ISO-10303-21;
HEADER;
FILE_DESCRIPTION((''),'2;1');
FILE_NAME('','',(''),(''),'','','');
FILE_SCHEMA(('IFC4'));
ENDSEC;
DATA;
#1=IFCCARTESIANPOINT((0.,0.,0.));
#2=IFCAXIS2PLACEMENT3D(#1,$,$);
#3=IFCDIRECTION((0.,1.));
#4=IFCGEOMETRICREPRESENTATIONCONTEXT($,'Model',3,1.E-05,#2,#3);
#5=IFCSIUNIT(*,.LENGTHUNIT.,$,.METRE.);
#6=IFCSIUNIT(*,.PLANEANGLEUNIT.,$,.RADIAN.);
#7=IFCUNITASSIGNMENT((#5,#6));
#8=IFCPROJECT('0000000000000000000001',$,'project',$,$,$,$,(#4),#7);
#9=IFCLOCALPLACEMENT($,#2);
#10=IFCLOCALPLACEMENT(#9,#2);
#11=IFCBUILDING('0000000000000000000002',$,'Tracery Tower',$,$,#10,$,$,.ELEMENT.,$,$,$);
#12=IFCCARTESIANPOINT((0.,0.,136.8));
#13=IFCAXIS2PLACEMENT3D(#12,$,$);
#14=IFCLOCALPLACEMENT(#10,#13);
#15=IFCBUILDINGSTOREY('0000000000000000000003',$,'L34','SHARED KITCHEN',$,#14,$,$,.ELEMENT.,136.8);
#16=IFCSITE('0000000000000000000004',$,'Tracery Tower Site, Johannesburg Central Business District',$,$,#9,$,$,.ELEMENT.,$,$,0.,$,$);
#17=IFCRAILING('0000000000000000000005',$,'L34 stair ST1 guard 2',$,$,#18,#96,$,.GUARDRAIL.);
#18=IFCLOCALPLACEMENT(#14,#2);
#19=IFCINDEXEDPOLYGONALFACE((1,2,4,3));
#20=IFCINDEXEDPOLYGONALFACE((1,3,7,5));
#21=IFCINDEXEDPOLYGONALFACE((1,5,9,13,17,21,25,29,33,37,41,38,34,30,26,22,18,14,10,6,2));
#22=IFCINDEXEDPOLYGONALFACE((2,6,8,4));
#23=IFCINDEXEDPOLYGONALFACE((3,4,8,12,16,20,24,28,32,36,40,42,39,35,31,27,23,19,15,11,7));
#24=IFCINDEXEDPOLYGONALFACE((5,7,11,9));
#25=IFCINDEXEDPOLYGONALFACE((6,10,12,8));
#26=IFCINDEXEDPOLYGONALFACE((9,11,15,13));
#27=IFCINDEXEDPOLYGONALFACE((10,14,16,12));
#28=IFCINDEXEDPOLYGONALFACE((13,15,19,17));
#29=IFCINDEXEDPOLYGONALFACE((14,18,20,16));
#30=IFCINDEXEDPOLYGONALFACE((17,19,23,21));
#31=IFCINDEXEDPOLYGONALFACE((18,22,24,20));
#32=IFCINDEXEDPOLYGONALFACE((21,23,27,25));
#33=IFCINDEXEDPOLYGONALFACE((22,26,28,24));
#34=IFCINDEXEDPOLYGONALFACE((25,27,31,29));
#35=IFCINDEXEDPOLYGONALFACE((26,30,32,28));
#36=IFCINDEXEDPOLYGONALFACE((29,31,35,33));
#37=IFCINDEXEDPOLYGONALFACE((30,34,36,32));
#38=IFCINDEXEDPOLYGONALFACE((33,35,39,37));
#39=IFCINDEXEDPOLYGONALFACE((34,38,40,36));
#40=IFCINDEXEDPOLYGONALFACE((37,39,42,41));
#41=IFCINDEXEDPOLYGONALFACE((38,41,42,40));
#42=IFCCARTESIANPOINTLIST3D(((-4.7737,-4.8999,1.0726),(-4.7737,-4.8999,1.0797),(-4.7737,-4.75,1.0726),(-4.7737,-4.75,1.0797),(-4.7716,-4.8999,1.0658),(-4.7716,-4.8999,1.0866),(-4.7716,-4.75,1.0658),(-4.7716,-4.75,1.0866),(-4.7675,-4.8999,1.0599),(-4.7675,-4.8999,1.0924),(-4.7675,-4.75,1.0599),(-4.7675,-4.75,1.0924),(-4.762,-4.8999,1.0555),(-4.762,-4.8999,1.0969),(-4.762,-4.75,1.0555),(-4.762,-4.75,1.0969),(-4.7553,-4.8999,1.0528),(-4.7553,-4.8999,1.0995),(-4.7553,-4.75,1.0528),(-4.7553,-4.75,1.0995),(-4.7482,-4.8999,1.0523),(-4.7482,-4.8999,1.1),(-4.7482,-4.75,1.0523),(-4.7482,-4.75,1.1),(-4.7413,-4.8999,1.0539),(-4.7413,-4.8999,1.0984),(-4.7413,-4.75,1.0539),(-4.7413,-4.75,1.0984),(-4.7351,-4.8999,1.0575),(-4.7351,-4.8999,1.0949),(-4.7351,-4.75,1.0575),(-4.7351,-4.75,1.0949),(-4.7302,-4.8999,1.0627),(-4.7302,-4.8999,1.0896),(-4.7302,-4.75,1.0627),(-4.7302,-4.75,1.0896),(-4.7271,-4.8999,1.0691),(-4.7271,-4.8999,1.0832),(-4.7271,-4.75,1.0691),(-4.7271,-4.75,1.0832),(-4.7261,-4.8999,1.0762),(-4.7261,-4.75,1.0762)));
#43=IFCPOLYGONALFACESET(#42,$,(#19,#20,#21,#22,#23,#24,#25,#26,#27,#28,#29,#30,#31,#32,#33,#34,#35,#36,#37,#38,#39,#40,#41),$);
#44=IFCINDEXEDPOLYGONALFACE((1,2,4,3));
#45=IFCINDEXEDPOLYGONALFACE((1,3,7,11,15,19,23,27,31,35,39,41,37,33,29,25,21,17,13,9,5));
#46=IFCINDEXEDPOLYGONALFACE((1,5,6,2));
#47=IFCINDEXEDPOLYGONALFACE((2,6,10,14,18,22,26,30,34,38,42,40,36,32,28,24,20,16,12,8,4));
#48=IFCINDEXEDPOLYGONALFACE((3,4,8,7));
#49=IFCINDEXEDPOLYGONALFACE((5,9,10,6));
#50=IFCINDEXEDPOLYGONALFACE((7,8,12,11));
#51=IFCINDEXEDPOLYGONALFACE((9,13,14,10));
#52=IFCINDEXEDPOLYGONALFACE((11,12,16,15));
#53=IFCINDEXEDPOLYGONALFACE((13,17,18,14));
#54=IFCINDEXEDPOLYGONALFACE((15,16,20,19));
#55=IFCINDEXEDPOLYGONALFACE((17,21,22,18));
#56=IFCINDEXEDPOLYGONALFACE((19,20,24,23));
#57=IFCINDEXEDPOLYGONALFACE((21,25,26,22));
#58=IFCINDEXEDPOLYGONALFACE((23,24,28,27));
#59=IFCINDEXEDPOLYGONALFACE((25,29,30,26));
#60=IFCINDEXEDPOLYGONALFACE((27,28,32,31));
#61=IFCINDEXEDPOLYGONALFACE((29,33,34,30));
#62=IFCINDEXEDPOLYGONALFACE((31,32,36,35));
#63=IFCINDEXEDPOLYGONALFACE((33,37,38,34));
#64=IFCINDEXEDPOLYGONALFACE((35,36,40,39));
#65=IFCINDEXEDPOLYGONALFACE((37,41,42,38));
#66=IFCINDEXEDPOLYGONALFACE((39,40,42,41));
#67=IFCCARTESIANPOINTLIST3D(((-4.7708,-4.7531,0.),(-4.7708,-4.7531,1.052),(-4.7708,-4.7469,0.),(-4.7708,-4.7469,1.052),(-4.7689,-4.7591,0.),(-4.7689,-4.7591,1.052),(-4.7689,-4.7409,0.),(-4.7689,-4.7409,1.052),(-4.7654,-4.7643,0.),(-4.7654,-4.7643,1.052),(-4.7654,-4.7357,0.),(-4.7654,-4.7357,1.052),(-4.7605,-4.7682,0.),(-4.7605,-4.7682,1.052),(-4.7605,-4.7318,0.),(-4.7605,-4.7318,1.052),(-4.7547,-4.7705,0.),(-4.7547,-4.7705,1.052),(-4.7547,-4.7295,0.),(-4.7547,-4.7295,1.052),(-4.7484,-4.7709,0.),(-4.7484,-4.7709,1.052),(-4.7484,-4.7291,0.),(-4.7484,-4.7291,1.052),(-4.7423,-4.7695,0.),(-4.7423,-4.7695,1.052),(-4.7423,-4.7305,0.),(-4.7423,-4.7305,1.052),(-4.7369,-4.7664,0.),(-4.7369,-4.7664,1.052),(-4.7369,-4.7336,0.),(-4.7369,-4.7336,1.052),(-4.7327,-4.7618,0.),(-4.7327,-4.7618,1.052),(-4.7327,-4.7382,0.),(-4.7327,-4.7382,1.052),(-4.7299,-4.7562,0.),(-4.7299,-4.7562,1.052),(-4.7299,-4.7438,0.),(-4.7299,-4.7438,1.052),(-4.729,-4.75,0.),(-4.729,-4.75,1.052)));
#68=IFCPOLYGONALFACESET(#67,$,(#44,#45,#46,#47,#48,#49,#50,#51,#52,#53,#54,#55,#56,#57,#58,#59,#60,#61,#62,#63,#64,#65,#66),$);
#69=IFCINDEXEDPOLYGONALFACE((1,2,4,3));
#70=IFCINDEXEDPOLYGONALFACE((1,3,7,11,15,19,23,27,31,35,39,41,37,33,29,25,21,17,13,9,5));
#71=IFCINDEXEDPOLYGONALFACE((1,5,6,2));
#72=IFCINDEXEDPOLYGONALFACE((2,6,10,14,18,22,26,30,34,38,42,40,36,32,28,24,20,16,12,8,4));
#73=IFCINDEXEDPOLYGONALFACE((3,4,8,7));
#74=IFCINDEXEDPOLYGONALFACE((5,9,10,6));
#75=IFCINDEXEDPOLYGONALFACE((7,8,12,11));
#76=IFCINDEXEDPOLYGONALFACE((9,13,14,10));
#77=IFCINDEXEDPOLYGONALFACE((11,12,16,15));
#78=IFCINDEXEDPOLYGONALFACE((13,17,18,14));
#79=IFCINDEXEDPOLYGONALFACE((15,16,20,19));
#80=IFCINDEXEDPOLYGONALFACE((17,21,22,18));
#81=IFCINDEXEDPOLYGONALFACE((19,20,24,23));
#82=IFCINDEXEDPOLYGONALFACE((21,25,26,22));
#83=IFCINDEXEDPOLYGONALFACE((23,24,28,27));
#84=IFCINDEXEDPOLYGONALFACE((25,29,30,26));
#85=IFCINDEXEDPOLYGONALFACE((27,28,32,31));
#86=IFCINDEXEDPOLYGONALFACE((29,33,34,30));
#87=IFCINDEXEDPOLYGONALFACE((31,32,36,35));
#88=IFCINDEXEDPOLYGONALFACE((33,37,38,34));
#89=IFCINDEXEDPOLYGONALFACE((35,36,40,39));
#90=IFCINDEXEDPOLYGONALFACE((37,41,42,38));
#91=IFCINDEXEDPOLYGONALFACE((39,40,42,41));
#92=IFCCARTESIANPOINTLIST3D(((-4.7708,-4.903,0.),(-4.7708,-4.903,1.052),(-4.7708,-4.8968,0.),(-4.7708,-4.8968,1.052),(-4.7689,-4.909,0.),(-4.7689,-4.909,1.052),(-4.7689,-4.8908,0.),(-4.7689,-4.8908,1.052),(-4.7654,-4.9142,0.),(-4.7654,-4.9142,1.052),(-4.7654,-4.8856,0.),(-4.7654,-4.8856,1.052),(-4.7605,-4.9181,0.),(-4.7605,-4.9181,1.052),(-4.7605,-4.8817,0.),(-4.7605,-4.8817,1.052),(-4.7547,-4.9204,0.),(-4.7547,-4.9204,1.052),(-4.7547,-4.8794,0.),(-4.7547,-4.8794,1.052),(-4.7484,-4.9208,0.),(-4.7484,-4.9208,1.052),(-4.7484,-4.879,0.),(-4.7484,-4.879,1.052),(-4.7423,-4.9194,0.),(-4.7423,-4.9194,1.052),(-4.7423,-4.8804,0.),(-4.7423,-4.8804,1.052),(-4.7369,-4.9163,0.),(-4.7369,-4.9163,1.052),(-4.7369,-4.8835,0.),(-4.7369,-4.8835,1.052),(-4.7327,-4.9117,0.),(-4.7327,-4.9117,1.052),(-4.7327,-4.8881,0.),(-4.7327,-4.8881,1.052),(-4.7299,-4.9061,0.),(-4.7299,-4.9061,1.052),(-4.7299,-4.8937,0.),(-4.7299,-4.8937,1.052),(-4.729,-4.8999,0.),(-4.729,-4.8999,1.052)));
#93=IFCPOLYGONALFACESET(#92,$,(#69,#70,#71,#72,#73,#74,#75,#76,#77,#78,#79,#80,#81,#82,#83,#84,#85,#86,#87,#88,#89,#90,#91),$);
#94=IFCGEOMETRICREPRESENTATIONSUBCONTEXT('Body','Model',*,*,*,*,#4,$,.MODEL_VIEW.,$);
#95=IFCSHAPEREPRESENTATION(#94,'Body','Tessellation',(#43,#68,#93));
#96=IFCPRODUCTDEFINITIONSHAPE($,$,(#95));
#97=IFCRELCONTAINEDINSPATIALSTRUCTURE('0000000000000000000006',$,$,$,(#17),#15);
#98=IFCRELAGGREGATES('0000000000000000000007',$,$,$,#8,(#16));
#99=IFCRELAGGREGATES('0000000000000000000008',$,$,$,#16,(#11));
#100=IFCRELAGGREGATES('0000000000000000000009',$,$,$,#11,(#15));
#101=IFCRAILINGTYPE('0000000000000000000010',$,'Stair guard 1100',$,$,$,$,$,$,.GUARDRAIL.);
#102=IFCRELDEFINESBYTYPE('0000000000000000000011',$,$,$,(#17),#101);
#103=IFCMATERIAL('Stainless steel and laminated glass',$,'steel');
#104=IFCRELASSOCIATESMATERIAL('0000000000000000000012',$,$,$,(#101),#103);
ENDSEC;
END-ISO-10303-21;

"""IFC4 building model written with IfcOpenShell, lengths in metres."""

from ifc_helpers import new_model, si_unit, direction, frame, origin, origin_2d, place, context, subcontext, project, spatial, circle, extrude, material, type_object, element, save


model = new_model("IFC4")

# Units and contexts
model_context = context("Model", 3, precision=1e-05, world=origin(), true_north=direction((0.0, 1.0)))
body_context = subcontext(model_context, "Body", "Model", "MODEL_VIEW")
ifc_project = project(units=[si_unit("LENGTHUNIT", "METRE"), si_unit("PLANEANGLEUNIT", "RADIAN")], contexts=[model_context])

# Site, building, storey
site_placement = place(None, origin())
site = spatial("IfcSite", under=ifc_project, at=site_placement, Name="Tracery Tower Site, Johannesburg Central Business District", CompositionType="ELEMENT", RefElevation=0.0)
building_placement = place(site_placement, origin())
building = spatial("IfcBuilding", under=site, at=building_placement, Name="Tracery Tower", CompositionType="ELEMENT")
storey_placement = place(building_placement, frame((0.0, 0.0, 136.8)))
storey = spatial("IfcBuildingStorey", under=building, at=storey_placement, Name="L34", Description="SHARED KITCHEN", CompositionType="ELEMENT", Elevation=136.8)

# Railing
ifc_material_1 = material(Name="Stainless steel and laminated glass", Category="steel")
railing_type_1 = type_object("IfcRailingType", Name="Stair guard 1100", PredefinedType="GUARDRAIL", material=ifc_material_1)
railing_1_placement = place(storey_placement, frame((-4.75, -4.75, 0.0)))
element("IfcRailing", 1, at=railing_1_placement, inside=storey, type_object=railing_type_1, Name="L34 stair ST1 guard 2", PredefinedType="GUARDRAIL", context=body_context, shape_type="SweptSolid", body=[
    extrude(circle(Radius=0.0239, at=origin_2d()), frame((0.0, 0.0, 1.0762), z_axis=(0.0, -1.0, 0.0), x_axis=(1.0, 0.0, 0.0)), (0.0, 0.0, 1.0), 0.1499),
    extrude(circle(Radius=0.021, at=origin_2d()), origin(), (0.0, 0.0, 1.0), 1.052),
    extrude(circle(Radius=0.021, at=origin_2d()), frame((0.0, -0.1499, 0.0)), (0.0, 0.0, 1.0), 1.052),
])

save(model, "model.ifc")
